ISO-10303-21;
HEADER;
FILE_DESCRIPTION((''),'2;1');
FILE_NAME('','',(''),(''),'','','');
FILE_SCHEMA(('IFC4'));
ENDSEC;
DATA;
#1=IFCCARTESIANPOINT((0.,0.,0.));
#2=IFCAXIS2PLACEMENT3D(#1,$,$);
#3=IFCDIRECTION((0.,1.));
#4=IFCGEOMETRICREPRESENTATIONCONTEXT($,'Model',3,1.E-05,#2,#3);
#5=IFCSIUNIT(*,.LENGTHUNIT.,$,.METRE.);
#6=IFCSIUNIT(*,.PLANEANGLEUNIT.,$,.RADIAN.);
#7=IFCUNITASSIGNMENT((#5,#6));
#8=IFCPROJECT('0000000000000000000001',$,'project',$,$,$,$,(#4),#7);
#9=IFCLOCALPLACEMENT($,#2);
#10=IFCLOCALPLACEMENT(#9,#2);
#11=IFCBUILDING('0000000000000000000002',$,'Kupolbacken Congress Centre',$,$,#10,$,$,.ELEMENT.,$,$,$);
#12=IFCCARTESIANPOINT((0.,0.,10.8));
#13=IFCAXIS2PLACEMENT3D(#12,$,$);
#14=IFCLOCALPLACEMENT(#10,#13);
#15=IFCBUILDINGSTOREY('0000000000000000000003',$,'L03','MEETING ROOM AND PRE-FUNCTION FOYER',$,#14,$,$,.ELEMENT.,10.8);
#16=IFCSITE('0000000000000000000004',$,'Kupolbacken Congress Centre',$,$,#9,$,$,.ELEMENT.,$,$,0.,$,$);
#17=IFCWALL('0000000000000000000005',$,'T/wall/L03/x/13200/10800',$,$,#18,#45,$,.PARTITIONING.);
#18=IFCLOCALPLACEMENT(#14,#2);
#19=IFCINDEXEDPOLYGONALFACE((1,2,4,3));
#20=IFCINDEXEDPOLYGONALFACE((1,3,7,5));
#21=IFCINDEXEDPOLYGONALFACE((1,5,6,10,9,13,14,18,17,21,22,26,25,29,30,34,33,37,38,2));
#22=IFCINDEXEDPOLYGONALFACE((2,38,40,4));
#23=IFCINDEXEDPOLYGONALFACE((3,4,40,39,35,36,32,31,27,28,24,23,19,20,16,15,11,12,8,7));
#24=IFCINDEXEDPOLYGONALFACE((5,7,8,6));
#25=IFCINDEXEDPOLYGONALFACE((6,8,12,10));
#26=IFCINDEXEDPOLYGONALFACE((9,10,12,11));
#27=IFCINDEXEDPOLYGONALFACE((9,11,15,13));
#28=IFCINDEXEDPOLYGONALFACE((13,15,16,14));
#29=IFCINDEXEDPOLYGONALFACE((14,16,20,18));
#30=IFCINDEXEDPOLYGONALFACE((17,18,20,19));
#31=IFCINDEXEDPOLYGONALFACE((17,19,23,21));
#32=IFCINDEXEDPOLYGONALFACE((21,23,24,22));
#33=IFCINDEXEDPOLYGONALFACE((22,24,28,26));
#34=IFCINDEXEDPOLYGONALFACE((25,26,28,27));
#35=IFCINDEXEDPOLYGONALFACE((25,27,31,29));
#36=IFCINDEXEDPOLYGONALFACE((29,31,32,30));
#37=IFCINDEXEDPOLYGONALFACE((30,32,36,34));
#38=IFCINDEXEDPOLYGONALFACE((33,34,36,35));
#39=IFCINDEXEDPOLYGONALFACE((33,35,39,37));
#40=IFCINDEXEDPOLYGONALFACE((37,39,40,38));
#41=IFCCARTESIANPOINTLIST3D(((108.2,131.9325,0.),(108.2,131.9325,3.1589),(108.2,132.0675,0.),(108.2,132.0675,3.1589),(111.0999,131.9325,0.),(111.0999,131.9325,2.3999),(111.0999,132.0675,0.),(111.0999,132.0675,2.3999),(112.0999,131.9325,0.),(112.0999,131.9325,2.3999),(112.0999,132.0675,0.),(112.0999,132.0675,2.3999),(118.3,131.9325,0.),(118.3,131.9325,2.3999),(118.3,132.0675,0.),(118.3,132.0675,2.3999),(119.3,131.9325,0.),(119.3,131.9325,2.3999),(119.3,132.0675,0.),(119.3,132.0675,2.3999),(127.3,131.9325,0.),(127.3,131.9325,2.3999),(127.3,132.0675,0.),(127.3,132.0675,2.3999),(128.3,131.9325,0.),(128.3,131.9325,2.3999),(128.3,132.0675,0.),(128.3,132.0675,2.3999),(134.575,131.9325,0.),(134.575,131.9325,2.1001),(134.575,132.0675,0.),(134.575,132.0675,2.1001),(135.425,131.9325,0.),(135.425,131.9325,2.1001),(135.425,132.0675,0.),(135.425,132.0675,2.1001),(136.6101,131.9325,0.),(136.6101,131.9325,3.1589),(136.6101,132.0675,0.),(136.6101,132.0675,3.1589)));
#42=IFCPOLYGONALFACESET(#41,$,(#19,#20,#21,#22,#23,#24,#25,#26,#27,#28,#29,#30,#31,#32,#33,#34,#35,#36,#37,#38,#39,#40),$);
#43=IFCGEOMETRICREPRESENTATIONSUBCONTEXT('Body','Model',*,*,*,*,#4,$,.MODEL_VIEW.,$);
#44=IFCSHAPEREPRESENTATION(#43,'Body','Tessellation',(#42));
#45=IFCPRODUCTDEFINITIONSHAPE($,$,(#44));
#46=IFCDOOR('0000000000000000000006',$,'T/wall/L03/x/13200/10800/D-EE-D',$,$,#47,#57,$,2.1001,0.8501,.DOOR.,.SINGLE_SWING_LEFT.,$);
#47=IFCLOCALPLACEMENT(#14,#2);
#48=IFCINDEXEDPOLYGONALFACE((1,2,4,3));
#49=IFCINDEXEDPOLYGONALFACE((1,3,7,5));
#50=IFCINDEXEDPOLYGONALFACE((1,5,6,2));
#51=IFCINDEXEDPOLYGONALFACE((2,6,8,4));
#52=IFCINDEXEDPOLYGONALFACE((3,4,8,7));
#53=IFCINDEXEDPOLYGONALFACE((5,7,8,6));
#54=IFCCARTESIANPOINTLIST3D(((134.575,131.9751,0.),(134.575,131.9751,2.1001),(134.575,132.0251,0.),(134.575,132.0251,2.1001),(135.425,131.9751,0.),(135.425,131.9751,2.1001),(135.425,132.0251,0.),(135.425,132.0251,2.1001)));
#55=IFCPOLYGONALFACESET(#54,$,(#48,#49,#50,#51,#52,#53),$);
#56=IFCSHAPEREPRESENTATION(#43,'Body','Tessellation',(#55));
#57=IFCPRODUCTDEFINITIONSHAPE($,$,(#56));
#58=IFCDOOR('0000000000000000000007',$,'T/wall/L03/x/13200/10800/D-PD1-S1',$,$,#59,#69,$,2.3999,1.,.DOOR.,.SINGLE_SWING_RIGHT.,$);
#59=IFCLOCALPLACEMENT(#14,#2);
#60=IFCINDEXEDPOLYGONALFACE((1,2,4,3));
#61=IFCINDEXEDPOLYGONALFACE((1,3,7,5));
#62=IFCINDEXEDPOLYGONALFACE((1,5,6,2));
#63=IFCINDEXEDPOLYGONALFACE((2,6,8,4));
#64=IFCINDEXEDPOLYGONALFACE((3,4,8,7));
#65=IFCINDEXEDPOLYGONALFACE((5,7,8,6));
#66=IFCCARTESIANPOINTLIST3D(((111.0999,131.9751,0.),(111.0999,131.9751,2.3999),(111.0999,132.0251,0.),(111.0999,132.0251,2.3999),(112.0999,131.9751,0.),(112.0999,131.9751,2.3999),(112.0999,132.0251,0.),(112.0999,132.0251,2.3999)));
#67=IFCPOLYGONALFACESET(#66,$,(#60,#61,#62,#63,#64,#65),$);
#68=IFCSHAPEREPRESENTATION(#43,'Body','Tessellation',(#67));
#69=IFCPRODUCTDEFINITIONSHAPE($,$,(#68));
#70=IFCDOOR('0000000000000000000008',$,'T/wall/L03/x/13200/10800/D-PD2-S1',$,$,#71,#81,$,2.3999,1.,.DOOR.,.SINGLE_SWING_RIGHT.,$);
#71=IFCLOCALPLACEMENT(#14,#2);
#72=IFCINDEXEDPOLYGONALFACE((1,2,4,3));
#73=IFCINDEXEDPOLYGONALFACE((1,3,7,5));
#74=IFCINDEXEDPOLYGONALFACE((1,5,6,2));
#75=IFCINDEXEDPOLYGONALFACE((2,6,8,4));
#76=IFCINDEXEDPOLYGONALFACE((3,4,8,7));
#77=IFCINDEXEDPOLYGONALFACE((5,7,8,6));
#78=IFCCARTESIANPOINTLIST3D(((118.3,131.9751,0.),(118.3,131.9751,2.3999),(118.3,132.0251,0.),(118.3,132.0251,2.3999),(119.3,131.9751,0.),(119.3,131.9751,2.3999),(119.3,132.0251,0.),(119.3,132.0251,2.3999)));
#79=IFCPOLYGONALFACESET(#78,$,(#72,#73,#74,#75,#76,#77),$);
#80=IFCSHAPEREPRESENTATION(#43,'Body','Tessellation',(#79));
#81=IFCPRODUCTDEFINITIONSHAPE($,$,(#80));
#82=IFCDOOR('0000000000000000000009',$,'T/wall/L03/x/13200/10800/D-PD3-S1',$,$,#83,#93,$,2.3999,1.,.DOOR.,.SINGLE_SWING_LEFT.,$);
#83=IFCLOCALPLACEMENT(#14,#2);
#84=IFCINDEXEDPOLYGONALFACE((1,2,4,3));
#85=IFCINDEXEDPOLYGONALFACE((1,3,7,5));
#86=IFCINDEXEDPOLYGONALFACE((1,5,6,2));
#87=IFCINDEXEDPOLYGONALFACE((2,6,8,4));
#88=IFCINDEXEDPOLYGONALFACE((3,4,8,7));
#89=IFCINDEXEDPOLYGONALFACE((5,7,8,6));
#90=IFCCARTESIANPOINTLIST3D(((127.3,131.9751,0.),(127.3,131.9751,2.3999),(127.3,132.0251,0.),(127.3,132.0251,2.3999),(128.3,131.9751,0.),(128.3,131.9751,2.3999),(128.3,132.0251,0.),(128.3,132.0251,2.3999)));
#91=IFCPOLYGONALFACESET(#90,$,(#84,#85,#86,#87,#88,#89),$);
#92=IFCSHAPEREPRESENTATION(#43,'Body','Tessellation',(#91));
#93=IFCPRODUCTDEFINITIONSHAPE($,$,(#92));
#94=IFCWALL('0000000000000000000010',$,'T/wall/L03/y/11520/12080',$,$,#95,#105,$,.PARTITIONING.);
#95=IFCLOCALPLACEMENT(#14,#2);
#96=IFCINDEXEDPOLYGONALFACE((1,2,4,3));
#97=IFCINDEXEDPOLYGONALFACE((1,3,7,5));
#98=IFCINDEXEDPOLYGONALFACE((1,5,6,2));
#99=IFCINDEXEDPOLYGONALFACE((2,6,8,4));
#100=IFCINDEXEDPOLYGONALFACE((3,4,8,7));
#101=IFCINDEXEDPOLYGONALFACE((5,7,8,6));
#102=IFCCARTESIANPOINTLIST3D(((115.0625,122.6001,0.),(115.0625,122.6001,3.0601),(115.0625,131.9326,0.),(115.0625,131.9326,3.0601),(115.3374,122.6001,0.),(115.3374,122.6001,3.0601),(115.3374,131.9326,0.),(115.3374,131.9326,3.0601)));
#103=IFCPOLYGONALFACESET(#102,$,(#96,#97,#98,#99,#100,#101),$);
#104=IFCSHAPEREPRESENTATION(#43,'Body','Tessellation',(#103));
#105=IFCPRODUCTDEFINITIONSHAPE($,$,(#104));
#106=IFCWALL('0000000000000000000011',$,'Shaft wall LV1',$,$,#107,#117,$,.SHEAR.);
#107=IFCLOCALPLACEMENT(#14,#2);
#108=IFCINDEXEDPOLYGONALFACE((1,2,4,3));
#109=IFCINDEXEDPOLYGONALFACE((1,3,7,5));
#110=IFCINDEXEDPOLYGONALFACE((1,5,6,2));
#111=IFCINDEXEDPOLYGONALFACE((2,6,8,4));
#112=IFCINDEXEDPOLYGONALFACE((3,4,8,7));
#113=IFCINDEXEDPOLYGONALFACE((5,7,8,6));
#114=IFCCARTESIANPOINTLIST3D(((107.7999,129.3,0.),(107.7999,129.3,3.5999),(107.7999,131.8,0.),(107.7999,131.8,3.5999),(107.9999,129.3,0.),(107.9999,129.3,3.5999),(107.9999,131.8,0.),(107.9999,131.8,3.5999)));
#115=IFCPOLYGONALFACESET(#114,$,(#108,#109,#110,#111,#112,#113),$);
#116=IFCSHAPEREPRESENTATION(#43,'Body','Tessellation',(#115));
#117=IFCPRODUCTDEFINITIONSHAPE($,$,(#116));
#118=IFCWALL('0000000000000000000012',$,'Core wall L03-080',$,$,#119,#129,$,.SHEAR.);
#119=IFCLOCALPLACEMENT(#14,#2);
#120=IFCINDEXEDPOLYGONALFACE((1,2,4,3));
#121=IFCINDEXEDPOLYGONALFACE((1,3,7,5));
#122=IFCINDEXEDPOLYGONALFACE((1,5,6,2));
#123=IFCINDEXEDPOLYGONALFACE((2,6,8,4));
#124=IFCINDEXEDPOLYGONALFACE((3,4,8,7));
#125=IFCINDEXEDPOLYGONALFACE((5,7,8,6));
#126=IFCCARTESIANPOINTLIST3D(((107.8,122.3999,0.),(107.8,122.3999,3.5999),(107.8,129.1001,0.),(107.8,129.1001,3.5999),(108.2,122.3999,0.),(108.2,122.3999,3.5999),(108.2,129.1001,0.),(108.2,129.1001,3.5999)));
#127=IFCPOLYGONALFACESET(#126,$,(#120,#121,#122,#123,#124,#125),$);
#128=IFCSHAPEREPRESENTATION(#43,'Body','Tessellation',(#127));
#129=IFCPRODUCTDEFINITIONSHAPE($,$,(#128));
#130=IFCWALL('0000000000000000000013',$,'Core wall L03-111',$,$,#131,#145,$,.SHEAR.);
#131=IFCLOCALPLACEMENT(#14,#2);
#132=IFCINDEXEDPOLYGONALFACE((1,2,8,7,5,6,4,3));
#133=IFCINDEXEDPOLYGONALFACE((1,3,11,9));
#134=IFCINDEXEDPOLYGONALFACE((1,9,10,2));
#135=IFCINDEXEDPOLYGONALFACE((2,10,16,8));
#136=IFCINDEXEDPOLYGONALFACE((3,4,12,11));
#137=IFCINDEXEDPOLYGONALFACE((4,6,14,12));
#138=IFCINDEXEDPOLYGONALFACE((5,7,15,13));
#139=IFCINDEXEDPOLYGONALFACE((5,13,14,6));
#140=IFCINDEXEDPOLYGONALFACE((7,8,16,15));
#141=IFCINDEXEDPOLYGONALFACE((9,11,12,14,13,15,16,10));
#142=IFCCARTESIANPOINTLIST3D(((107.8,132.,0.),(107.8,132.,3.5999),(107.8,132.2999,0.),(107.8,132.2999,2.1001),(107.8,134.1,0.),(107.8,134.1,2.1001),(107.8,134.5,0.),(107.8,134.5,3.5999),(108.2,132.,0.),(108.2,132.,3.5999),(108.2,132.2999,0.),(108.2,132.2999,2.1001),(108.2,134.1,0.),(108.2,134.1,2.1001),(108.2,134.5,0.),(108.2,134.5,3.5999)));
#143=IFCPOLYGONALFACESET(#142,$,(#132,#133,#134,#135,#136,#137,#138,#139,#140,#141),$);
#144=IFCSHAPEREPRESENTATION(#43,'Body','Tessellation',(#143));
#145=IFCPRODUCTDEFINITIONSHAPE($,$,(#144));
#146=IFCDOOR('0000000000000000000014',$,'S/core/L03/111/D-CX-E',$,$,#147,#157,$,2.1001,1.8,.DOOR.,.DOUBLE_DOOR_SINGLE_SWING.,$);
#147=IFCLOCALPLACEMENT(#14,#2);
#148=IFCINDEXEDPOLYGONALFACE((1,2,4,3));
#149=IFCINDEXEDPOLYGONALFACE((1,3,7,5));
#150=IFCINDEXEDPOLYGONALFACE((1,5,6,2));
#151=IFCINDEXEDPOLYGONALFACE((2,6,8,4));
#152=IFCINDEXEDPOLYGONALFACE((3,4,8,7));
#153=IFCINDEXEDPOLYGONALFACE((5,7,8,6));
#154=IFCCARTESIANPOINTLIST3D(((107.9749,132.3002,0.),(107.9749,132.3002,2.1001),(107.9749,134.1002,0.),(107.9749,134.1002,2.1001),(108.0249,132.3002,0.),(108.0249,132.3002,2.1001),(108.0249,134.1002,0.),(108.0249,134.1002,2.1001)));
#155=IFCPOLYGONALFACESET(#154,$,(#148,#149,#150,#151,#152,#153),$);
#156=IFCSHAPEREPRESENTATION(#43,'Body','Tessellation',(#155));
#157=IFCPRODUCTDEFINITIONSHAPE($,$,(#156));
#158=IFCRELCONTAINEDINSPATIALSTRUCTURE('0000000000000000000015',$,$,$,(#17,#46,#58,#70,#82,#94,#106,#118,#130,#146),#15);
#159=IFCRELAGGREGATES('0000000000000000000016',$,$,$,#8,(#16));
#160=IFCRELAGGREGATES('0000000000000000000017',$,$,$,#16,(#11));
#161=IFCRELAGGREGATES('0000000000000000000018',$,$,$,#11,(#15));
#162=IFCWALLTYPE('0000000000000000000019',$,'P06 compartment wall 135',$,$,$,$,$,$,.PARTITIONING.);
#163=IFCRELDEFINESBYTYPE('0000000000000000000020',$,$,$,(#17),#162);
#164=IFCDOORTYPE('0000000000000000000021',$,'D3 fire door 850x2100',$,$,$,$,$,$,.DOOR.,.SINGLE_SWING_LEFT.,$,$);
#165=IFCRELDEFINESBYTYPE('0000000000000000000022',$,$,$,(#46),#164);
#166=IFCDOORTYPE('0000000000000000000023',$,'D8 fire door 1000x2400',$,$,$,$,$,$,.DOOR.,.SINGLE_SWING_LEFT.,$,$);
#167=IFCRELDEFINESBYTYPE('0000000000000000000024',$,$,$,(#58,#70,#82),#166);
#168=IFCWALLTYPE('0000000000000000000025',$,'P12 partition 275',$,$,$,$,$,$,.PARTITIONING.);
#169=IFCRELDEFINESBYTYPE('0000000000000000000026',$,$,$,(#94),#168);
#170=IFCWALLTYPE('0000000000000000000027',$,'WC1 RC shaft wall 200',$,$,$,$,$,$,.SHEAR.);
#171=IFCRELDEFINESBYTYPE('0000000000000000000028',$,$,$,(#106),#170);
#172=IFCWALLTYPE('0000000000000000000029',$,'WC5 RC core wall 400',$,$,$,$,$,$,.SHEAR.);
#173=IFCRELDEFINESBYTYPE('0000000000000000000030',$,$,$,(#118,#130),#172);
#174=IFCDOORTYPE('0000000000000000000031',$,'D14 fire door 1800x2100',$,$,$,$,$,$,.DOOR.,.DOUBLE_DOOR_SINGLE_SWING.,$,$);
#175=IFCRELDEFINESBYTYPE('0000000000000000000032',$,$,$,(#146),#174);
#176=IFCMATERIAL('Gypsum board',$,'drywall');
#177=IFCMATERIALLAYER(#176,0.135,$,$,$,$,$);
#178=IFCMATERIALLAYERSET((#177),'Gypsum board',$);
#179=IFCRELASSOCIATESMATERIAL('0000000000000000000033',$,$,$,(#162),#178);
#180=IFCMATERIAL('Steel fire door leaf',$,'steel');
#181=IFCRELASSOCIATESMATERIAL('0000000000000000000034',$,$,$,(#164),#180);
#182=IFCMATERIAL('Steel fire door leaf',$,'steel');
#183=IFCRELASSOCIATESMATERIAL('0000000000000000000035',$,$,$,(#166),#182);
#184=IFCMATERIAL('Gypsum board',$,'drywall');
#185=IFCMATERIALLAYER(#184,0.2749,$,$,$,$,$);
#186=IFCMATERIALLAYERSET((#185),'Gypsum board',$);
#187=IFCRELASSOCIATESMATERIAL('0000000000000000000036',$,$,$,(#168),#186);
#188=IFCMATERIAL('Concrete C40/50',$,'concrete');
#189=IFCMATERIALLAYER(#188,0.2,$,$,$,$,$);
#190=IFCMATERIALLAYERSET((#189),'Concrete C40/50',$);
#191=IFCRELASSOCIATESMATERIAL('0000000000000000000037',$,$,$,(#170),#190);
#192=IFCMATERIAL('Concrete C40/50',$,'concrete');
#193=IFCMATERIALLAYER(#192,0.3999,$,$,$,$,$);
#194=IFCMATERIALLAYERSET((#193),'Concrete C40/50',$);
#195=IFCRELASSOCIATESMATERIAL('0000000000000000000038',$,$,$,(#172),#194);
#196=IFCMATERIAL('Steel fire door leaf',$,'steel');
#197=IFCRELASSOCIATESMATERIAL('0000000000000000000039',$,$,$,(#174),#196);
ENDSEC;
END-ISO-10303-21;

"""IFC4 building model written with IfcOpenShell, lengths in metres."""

from ifc_helpers import new_model, si_unit, direction, frame, frame_2d, origin, place, context, subcontext, project, spatial, rectangle, extrude, material, layer, layer_set, type_object, element, fill, save


model = new_model("IFC4")

# Units and contexts
model_context = context("Model", 3, precision=1e-05, world=origin(), true_north=direction((0.0, 1.0)))
body_context = subcontext(model_context, "Body", "Model", "MODEL_VIEW")
ifc_project = project(units=[si_unit("LENGTHUNIT", "METRE"), si_unit("PLANEANGLEUNIT", "RADIAN")], contexts=[model_context])

# Site, building, storey
site_placement = place(None, origin())
site = spatial("IfcSite", under=ifc_project, at=site_placement, Name="Kupolbacken Congress Centre", CompositionType="ELEMENT", RefElevation=0.0)
building_placement = place(site_placement, origin())
building = spatial("IfcBuilding", under=site, at=building_placement, Name="Kupolbacken Congress Centre", CompositionType="ELEMENT")
storey_placement = place(building_placement, frame((0.0, 0.0, 10.8)))
storey = spatial("IfcBuildingStorey", under=building, at=storey_placement, Name="L03", Description="MEETING ROOM AND PRE-FUNCTION FOYER", CompositionType="ELEMENT", Elevation=10.8)

# Wall, openings, doors
ifc_material_1 = material(Name="Gypsum board", Category="drywall")
ifc_layer_1 = layer(ifc_material_1, 0.135)
ifc_layer_set_1 = layer_set([ifc_layer_1], Name="Gypsum board")
wall_type_1 = type_object("IfcWallType", Name="P06 compartment wall 135", PredefinedType="PARTITIONING", material=ifc_layer_set_1)
wall_1_placement = place(storey_placement, frame((108.2, 132.0, 0.0), z_axis=(0.0, 0.0, 1.0), x_axis=(1.0, 0.0, 0.0)))
wall_1 = element("IfcWall", 1, at=wall_1_placement, inside=storey, type_object=wall_type_1, Name="T/wall/L03/x/13200/10800", PredefinedType="PARTITIONING", context=body_context, shape_type="SweptSolid", body=[
    extrude(rectangle(XDim=28.4102, YDim=0.135, at=frame_2d((14.2051, 0.0))), origin(), (0.0, 0.0, 1.0), 3.1589),
])
opening_1_placement = place(wall_1_placement, frame((26.375, 0.0, 0.0)))
opening_1 = element("IfcOpeningElement", 2, at=opening_1_placement, cuts=wall_1, PredefinedType="OPENING", context=body_context, shape_type="SweptSolid", body=[
    extrude(rectangle(XDim=0.8501, YDim=2.1001, at=frame_2d((0.425, 1.05))), frame((0.0, 0.0774, 0.0), z_axis=(0.0, -1.0, 0.0), x_axis=(1.0, 0.0, 0.0)), (0.0, 0.0, 1.0), 0.155),
])
opening_2_placement = place(wall_1_placement, frame((2.8999, 0.0, 0.0)))
opening_2 = element("IfcOpeningElement", 3, at=opening_2_placement, cuts=wall_1, PredefinedType="OPENING", context=body_context, shape_type="SweptSolid", body=[
    extrude(rectangle(XDim=1.0, YDim=2.3999, at=frame_2d((0.5, 1.2))), frame((0.0, 0.0774, 0.0), z_axis=(0.0, -1.0, 0.0), x_axis=(1.0, 0.0, 0.0)), (0.0, 0.0, 1.0), 0.155),
])
opening_3_placement = place(wall_1_placement, frame((10.1001, 0.0, 0.0)))
opening_3 = element("IfcOpeningElement", 4, at=opening_3_placement, cuts=wall_1, PredefinedType="OPENING", context=body_context, shape_type="SweptSolid", body=[
    extrude(rectangle(XDim=1.0, YDim=2.3999, at=frame_2d((0.5, 1.2))), frame((0.0, 0.0774, 0.0), z_axis=(0.0, -1.0, 0.0), x_axis=(1.0, 0.0, 0.0)), (0.0, 0.0, 1.0), 0.155),
])
opening_4_placement = place(wall_1_placement, frame((19.1001, 0.0, 0.0)))
opening_4 = element("IfcOpeningElement", 5, at=opening_4_placement, cuts=wall_1, PredefinedType="OPENING", context=body_context, shape_type="SweptSolid", body=[
    extrude(rectangle(XDim=1.0, YDim=2.3999, at=frame_2d((0.5, 1.2))), frame((0.0, 0.0774, 0.0), z_axis=(0.0, -1.0, 0.0), x_axis=(1.0, 0.0, 0.0)), (0.0, 0.0, 1.0), 0.155),
])
ifc_material_2 = material(Name="Steel fire door leaf", Category="steel")
door_type_1 = type_object("IfcDoorType", Name="D3 fire door 850x2100", OperationType="SINGLE_SWING_LEFT", PredefinedType="DOOR", material=ifc_material_2)
door_1_placement = place(opening_1_placement, frame((0.8501, 0.0, 0.0), z_axis=(0.0, 0.0, 1.0), x_axis=(-1.0, 0.0, 0.0)))
door_1 = element("IfcDoor", 6, at=door_1_placement, inside=storey, type_object=door_type_1, Name="T/wall/L03/x/13200/10800/D-EE-D", OperationType="SINGLE_SWING_LEFT", OverallHeight=2.1001, OverallWidth=0.8501, PredefinedType="DOOR", context=body_context, shape_type="SweptSolid", body=[
    extrude(rectangle(XDim=0.8501, YDim=2.1001, at=frame_2d((0.425, 1.05))), frame((0.0, 0.0249, 0.0), z_axis=(0.0, -1.0, 0.0), x_axis=(1.0, 0.0, 0.0)), (0.0, 0.0, 1.0), 0.05),
])
fill(opening_1, door_1)
ifc_material_3 = material(Name="Steel fire door leaf", Category="steel")
door_type_2 = type_object("IfcDoorType", Name="D8 fire door 1000x2400", OperationType="SINGLE_SWING_LEFT", PredefinedType="DOOR", material=ifc_material_3)
door_2_placement = place(opening_2_placement, frame((1.0, 0.0, 0.0), z_axis=(0.0, 0.0, 1.0), x_axis=(-1.0, 0.0, 0.0)))
door_2 = element("IfcDoor", 7, at=door_2_placement, inside=storey, type_object=door_type_2, Name="T/wall/L03/x/13200/10800/D-PD1-S1", OperationType="SINGLE_SWING_RIGHT", OverallHeight=2.3999, OverallWidth=1.0, PredefinedType="DOOR", context=body_context, shape_type="SweptSolid", body=[
    extrude(rectangle(XDim=1.0, YDim=2.3999, at=frame_2d((0.5, 1.2))), frame((0.0, 0.0249, 0.0), z_axis=(0.0, -1.0, 0.0), x_axis=(1.0, 0.0, 0.0)), (0.0, 0.0, 1.0), 0.05),
])
fill(opening_2, door_2)
door_3_placement = place(opening_3_placement, frame((1.0, 0.0, 0.0), z_axis=(0.0, 0.0, 1.0), x_axis=(-1.0, 0.0, 0.0)))
door_3 = element("IfcDoor", 8, at=door_3_placement, inside=storey, type_object=door_type_2, Name="T/wall/L03/x/13200/10800/D-PD2-S1", OperationType="SINGLE_SWING_RIGHT", OverallHeight=2.3999, OverallWidth=1.0, PredefinedType="DOOR", context=body_context, shape_type="SweptSolid", body=[
    extrude(rectangle(XDim=1.0, YDim=2.3999, at=frame_2d((0.5, 1.2))), frame((0.0, 0.0249, 0.0), z_axis=(0.0, -1.0, 0.0), x_axis=(1.0, 0.0, 0.0)), (0.0, 0.0, 1.0), 0.05),
])
fill(opening_3, door_3)
door_4_placement = place(opening_4_placement, frame((1.0, 0.0, 0.0), z_axis=(0.0, 0.0, 1.0), x_axis=(-1.0, 0.0, 0.0)))
door_4 = element("IfcDoor", 9, at=door_4_placement, inside=storey, type_object=door_type_2, Name="T/wall/L03/x/13200/10800/D-PD3-S1", OperationType="SINGLE_SWING_LEFT", OverallHeight=2.3999, OverallWidth=1.0, PredefinedType="DOOR", context=body_context, shape_type="SweptSolid", body=[
    extrude(rectangle(XDim=1.0, YDim=2.3999, at=frame_2d((0.5, 1.2))), frame((0.0, 0.0249, 0.0), z_axis=(0.0, -1.0, 0.0), x_axis=(1.0, 0.0, 0.0)), (0.0, 0.0, 1.0), 0.05),
])
fill(opening_4, door_4)

# Walls
ifc_material_4 = material(Name="Gypsum board", Category="drywall")
ifc_layer_2 = layer(ifc_material_4, 0.2749)
ifc_layer_set_2 = layer_set([ifc_layer_2], Name="Gypsum board")
wall_type_2 = type_object("IfcWallType", Name="P12 partition 275", PredefinedType="PARTITIONING", material=ifc_layer_set_2)
wall_2_placement = place(storey_placement, frame((115.2, 122.6001, 0.0), z_axis=(0.0, 0.0, 1.0), x_axis=(0.0, 1.0, 0.0)))
element("IfcWall", 10, at=wall_2_placement, inside=storey, type_object=wall_type_2, Name="T/wall/L03/y/11520/12080", PredefinedType="PARTITIONING", context=body_context, shape_type="SweptSolid", body=[
    extrude(rectangle(XDim=9.3325, YDim=0.2749, at=frame_2d((4.6663, 0.0))), origin(), (0.0, 0.0, 1.0), 3.0601),
])
ifc_material_5 = material(Name="Concrete C40/50", Category="concrete")
ifc_layer_3 = layer(ifc_material_5, 0.2)
ifc_layer_set_3 = layer_set([ifc_layer_3], Name="Concrete C40/50")
wall_type_3 = type_object("IfcWallType", Name="WC1 RC shaft wall 200", PredefinedType="SHEAR", material=ifc_layer_set_3)
wall_3_placement = place(storey_placement, frame((107.8999, 129.3, 0.0), z_axis=(0.0, 0.0, 1.0), x_axis=(0.0, 1.0, 0.0)))
element("IfcWall", 11, at=wall_3_placement, inside=storey, type_object=wall_type_3, Name="Shaft wall LV1", PredefinedType="SHEAR", context=body_context, shape_type="SweptSolid", body=[
    extrude(rectangle(XDim=2.5, YDim=0.2, at=frame_2d((1.25, 0.0))), origin(), (0.0, 0.0, 1.0), 3.5999),
])
ifc_material_6 = material(Name="Concrete C40/50", Category="concrete")
ifc_layer_4 = layer(ifc_material_6, 0.3999)
ifc_layer_set_4 = layer_set([ifc_layer_4], Name="Concrete C40/50")
wall_type_4 = type_object("IfcWallType", Name="WC5 RC core wall 400", PredefinedType="SHEAR", material=ifc_layer_set_4)
wall_4_placement = place(storey_placement, frame((108.0, 122.3999, 0.0), z_axis=(0.0, 0.0, 1.0), x_axis=(0.0, 1.0, 0.0)))
element("IfcWall", 12, at=wall_4_placement, inside=storey, type_object=wall_type_4, Name="Core wall L03-080", PredefinedType="SHEAR", context=body_context, shape_type="SweptSolid", body=[
    extrude(rectangle(XDim=6.7002, YDim=0.3999, at=frame_2d((3.3501, 0.0))), origin(), (0.0, 0.0, 1.0), 3.5999),
])

# Wall, opening, door
wall_5_placement = place(storey_placement, frame((108.0, 132.0, 0.0), z_axis=(0.0, 0.0, 1.0), x_axis=(0.0, 1.0, 0.0)))
wall_5 = element("IfcWall", 13, at=wall_5_placement, inside=storey, type_object=wall_type_4, Name="Core wall L03-111", PredefinedType="SHEAR", context=body_context, shape_type="SweptSolid", body=[
    extrude(rectangle(XDim=2.5, YDim=0.3999, at=frame_2d((1.25, 0.0))), origin(), (0.0, 0.0, 1.0), 3.5999),
])
opening_5_placement = place(wall_5_placement, frame((0.3, 0.0, 0.0)))
opening_5 = element("IfcOpeningElement", 14, at=opening_5_placement, cuts=wall_5, PredefinedType="OPENING", context=body_context, shape_type="SweptSolid", body=[
    extrude(rectangle(XDim=1.8, YDim=2.1001, at=frame_2d((0.8999, 1.05))), frame((0.0, 0.21, 0.0), z_axis=(0.0, -1.0, 0.0), x_axis=(1.0, 0.0, 0.0)), (0.0, 0.0, 1.0), 0.4199),
])
ifc_material_7 = material(Name="Steel fire door leaf", Category="steel")
door_type_3 = type_object("IfcDoorType", Name="D14 fire door 1800x2100", OperationType="DOUBLE_DOOR_SINGLE_SWING", PredefinedType="DOOR", material=ifc_material_7)
door_5_placement = place(opening_5_placement, frame((1.8, 0.0, 0.0), z_axis=(0.0, 0.0, 1.0), x_axis=(-1.0, 0.0, 0.0)))
door_5 = element("IfcDoor", 15, at=door_5_placement, inside=storey, type_object=door_type_3, Name="S/core/L03/111/D-CX-E", OperationType="DOUBLE_DOOR_SINGLE_SWING", OverallHeight=2.1001, OverallWidth=1.8, PredefinedType="DOOR", context=body_context, shape_type="SweptSolid", body=[
    extrude(rectangle(XDim=1.8, YDim=2.1001, at=frame_2d((0.8999, 1.05))), frame((0.0, 0.0249, 0.0), z_axis=(0.0, -1.0, 0.0), x_axis=(1.0, 0.0, 0.0)), (0.0, 0.0, 1.0), 0.05),
])
fill(opening_5, door_5)

save(model, "model.ifc")
